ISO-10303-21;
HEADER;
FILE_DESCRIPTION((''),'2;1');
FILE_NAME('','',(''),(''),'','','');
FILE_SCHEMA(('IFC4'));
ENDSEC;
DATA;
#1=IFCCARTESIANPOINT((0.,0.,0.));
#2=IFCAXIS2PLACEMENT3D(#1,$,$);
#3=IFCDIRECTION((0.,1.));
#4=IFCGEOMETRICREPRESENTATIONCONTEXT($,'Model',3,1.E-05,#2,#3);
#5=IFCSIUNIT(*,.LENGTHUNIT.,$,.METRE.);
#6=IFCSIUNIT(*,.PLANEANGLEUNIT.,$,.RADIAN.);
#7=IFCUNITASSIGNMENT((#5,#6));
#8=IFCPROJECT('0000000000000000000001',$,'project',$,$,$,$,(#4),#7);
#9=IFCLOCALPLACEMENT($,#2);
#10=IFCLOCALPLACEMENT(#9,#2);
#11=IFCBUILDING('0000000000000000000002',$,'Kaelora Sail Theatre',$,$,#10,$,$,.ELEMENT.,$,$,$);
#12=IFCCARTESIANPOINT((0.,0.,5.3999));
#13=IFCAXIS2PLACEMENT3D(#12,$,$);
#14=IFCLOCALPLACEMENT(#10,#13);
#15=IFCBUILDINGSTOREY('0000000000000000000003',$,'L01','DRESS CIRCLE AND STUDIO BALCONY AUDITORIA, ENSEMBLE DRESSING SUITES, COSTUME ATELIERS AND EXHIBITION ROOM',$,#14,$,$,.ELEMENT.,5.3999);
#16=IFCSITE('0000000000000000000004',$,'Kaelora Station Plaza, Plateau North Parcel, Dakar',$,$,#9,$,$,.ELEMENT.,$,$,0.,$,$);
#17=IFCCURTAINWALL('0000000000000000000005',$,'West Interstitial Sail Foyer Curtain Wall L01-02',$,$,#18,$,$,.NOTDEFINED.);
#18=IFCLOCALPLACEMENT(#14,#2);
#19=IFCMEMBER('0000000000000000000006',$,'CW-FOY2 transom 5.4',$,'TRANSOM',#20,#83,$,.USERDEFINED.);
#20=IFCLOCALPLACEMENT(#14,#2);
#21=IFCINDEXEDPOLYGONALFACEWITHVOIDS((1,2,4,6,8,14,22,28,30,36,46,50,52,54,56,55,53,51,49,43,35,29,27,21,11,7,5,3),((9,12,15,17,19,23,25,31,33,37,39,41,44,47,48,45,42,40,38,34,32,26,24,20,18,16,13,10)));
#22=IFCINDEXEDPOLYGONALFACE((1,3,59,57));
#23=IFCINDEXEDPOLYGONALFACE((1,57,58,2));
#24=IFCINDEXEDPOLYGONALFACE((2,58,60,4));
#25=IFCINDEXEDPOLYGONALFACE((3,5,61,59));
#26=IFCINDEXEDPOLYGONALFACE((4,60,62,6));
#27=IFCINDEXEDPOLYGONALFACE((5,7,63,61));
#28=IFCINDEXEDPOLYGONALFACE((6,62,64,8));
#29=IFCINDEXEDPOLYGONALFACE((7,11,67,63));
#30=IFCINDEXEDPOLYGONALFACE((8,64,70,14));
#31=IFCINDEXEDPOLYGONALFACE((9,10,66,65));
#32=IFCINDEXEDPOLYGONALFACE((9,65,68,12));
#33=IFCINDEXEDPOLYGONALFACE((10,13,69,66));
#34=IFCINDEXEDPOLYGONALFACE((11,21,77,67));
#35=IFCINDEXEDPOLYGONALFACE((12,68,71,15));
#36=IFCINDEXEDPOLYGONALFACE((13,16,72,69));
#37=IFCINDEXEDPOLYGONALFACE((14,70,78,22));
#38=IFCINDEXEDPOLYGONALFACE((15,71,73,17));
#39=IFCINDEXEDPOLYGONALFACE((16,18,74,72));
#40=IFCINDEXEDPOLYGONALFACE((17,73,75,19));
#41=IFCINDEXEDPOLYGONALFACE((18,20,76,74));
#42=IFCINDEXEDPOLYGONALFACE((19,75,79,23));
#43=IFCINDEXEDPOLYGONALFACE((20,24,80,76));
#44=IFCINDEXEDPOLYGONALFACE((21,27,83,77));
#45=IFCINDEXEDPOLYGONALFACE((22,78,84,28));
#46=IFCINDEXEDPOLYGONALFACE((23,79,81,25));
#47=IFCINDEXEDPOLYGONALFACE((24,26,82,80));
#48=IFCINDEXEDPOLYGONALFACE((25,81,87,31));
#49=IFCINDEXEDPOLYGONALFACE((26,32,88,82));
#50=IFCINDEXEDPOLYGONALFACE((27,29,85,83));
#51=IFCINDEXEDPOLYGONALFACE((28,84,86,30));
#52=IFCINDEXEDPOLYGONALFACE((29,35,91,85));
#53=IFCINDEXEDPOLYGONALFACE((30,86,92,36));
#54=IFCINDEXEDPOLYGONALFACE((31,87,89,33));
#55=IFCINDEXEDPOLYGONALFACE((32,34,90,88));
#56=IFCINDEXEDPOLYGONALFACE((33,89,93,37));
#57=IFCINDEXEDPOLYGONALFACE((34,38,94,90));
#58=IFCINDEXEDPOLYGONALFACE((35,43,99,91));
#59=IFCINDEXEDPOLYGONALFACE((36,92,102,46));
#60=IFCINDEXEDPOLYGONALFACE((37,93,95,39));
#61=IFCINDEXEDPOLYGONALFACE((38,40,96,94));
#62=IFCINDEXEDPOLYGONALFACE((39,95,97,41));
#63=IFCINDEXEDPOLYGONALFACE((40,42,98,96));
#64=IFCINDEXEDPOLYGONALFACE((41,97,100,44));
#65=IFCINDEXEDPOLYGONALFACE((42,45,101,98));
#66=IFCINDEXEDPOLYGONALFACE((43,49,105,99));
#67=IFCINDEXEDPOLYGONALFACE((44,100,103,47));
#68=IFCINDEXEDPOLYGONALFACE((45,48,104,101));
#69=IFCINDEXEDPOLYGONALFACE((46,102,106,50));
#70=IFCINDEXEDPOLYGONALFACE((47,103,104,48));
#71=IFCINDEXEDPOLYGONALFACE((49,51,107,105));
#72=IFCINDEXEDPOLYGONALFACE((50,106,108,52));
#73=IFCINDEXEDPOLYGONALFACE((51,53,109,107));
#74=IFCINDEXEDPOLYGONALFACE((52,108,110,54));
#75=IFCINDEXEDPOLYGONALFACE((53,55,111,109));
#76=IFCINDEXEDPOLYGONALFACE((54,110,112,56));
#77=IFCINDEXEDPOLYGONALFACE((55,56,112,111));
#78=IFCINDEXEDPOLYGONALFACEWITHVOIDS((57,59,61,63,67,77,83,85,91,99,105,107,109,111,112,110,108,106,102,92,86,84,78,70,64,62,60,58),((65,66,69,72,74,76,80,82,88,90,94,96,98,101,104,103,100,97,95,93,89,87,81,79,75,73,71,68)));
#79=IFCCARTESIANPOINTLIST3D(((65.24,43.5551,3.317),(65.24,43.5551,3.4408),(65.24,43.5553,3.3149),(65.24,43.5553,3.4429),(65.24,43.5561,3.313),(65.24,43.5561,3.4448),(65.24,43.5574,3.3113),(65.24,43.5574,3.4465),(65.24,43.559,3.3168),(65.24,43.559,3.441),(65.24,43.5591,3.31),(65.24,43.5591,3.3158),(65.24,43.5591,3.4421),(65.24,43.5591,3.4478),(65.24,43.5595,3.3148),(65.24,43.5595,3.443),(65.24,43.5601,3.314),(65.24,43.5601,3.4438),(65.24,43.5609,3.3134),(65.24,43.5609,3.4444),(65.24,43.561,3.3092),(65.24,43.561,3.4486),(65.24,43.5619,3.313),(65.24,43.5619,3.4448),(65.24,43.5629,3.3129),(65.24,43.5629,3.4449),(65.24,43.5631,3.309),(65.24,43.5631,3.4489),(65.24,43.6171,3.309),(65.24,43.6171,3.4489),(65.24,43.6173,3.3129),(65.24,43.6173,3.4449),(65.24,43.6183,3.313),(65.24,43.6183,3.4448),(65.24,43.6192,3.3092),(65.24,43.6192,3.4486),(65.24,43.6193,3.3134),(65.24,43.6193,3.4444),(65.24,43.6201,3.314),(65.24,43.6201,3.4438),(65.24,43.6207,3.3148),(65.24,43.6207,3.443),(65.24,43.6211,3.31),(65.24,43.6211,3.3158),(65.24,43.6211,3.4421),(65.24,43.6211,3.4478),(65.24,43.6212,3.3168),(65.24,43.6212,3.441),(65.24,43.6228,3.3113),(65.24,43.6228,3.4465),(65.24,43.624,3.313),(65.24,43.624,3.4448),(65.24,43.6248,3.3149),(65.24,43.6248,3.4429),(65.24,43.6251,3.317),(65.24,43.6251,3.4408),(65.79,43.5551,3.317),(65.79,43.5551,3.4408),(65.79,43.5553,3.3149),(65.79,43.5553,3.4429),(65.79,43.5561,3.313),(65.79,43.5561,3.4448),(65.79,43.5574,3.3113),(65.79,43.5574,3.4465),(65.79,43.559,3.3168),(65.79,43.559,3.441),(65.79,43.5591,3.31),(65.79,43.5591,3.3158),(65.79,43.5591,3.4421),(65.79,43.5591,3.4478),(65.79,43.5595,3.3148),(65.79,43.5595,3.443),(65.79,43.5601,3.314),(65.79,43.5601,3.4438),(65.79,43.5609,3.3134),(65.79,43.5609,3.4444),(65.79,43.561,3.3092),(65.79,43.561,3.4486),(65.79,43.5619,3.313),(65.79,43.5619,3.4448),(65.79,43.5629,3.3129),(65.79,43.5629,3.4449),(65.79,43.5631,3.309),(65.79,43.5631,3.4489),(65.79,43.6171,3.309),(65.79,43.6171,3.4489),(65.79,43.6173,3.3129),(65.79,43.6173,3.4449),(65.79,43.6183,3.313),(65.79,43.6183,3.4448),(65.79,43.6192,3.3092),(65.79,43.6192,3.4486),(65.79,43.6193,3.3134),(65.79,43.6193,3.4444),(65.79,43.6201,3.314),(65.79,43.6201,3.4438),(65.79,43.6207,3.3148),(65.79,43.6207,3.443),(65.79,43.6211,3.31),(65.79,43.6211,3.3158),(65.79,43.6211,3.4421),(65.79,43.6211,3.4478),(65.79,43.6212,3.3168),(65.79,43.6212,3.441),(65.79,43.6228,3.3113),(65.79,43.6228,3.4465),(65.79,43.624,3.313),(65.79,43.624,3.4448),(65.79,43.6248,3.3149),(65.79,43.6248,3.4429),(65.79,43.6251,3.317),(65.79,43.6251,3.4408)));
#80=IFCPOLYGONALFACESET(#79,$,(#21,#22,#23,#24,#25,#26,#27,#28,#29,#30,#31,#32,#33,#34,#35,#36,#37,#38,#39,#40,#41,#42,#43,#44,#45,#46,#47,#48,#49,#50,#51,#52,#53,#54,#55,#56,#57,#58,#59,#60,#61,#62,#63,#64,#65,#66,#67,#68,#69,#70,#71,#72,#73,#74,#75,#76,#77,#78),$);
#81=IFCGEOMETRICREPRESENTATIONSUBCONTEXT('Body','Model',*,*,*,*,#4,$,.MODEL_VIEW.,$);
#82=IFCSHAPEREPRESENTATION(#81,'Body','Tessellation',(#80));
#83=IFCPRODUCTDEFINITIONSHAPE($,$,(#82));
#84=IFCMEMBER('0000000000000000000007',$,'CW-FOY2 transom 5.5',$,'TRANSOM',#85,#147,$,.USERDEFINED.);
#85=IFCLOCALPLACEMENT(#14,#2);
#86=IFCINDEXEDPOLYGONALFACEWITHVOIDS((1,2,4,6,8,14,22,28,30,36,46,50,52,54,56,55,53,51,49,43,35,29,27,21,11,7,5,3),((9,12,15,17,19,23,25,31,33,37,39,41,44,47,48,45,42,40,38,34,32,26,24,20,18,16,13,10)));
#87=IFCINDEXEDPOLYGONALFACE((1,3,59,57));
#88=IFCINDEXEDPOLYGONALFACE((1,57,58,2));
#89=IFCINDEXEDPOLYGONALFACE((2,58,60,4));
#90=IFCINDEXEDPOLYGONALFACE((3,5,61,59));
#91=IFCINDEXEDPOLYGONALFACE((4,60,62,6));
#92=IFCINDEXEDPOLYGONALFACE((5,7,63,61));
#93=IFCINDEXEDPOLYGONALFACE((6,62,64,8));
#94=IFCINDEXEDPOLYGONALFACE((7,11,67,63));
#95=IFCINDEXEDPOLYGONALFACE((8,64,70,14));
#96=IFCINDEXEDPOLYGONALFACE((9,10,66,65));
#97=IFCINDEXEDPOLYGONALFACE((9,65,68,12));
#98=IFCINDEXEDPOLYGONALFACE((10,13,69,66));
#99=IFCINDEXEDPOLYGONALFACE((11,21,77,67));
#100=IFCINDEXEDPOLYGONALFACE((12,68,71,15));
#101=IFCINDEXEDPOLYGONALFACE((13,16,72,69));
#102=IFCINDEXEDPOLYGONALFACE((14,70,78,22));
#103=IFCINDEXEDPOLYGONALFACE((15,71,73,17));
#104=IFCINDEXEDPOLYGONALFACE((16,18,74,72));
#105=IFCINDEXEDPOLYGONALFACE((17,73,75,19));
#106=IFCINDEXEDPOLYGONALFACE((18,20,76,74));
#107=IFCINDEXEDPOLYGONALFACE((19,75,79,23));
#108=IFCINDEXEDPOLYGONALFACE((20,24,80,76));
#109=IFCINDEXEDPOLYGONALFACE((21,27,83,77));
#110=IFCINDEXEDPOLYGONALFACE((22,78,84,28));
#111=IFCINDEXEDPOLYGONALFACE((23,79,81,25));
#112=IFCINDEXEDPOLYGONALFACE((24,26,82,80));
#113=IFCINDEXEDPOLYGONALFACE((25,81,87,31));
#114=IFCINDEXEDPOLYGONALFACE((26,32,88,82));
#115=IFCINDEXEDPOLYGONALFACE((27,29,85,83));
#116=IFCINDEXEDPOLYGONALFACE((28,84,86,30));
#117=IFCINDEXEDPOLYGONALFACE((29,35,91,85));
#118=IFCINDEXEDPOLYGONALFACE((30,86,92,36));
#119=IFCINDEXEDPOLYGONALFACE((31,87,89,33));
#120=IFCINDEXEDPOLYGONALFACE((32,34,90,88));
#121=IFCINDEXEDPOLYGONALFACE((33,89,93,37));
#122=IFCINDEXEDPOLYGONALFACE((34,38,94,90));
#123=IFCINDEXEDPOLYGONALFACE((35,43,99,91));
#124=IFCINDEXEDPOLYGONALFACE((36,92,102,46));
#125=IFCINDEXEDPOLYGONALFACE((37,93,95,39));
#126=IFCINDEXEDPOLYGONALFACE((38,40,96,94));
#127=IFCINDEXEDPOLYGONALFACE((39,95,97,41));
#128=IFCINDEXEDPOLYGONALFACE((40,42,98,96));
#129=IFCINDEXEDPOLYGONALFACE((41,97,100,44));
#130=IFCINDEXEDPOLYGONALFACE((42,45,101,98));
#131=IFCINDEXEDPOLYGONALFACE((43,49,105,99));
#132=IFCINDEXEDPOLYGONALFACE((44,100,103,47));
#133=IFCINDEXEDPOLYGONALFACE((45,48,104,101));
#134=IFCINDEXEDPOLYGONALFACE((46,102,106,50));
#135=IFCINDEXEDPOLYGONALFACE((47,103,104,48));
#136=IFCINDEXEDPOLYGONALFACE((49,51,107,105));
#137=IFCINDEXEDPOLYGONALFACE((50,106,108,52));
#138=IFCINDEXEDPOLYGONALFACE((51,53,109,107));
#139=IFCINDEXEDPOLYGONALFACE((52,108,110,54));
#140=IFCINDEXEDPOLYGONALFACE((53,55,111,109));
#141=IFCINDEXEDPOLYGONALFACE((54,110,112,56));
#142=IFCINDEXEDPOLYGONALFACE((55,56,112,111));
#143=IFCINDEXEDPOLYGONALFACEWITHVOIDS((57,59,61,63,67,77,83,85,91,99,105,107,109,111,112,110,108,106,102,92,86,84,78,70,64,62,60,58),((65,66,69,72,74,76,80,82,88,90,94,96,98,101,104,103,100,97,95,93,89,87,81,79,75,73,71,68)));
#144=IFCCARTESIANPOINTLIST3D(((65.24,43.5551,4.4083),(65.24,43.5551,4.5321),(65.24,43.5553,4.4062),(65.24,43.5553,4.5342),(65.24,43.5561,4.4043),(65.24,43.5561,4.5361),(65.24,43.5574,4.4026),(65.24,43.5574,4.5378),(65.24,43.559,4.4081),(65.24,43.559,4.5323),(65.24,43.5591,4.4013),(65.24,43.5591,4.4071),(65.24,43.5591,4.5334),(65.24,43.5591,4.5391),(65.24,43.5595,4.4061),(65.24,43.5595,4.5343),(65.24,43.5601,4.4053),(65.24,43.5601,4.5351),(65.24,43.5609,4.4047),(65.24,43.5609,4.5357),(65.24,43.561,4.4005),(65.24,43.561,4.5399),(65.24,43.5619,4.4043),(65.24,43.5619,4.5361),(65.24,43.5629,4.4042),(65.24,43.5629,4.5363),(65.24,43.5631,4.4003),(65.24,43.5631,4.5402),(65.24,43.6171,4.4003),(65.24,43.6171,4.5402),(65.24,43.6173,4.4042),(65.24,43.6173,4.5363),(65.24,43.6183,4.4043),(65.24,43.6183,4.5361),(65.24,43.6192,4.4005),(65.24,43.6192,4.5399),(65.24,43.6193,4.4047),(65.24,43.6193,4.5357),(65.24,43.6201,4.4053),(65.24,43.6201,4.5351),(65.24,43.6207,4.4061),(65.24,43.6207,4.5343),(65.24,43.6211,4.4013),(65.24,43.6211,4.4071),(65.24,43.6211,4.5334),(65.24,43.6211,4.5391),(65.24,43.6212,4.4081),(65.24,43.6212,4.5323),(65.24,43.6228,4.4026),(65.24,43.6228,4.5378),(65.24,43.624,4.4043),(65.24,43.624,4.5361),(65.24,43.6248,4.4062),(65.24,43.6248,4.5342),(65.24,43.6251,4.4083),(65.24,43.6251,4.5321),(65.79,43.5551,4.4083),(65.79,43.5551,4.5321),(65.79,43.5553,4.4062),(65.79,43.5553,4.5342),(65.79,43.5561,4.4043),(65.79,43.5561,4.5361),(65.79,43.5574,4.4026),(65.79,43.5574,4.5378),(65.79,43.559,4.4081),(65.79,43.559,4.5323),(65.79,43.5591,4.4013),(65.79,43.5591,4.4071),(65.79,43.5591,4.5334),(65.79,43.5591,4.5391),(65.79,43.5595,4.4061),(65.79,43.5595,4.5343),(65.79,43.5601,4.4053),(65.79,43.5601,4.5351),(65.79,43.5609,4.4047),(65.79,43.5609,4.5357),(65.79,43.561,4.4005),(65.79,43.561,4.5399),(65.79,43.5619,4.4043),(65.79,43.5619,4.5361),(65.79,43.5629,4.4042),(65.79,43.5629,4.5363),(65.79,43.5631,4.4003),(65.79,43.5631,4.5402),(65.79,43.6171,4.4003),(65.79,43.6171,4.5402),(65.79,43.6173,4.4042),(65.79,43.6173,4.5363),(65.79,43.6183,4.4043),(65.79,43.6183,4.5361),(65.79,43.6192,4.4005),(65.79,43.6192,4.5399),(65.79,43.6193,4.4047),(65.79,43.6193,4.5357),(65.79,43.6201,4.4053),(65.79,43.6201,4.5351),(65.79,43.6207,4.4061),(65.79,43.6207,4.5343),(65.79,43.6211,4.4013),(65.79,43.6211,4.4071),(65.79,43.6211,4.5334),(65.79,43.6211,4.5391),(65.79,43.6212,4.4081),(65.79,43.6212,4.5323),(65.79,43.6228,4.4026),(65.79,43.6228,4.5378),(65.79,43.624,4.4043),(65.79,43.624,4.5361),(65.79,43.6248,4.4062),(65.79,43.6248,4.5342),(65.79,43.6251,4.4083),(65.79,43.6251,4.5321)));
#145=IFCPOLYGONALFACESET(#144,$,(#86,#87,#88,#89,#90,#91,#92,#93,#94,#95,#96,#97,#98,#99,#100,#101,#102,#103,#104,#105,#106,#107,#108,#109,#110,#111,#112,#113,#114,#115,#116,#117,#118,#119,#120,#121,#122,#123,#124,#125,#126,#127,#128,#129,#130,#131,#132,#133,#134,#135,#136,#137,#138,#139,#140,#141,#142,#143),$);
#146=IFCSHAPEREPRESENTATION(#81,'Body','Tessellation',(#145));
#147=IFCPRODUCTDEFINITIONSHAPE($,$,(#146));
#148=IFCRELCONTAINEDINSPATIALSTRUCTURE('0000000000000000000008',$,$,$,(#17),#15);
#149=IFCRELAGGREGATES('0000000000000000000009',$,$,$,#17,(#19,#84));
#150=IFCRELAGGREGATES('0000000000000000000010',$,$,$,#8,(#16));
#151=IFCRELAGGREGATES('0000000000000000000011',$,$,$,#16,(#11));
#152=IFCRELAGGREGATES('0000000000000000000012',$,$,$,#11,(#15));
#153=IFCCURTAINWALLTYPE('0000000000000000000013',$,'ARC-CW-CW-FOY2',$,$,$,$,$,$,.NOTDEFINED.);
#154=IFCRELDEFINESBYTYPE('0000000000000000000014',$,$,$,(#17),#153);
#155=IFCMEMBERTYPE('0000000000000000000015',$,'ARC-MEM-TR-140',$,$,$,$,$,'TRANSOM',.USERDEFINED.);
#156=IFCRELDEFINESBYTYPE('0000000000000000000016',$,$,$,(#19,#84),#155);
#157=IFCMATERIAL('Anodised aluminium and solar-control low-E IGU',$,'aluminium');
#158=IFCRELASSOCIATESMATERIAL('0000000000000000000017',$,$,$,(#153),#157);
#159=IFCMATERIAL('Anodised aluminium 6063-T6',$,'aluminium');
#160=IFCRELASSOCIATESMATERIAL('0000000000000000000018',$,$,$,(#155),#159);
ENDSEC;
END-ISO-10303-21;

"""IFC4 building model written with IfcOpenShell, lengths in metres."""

from ifc_helpers import new_model, si_unit, direction, frame, origin, origin_2d, place, context, subcontext, project, spatial, hollow_rectangle, extrude, material, material_profile, profile_set, type_object, element, aggregate, save


model = new_model("IFC4")

# Units and contexts
model_context = context("Model", 3, precision=1e-05, world=origin(), true_north=direction((0.0, 1.0)))
body_context = subcontext(model_context, "Body", "Model", "MODEL_VIEW")
ifc_project = project(units=[si_unit("LENGTHUNIT", "METRE"), si_unit("PLANEANGLEUNIT", "RADIAN")], contexts=[model_context])

# Site, building, storey
site_placement = place(None, origin())
site = spatial("IfcSite", under=ifc_project, at=site_placement, Name="Kaelora Station Plaza, Plateau North Parcel, Dakar", CompositionType="ELEMENT", RefElevation=0.0)
building_placement = place(site_placement, origin())
building = spatial("IfcBuilding", under=site, at=building_placement, Name="Kaelora Sail Theatre", CompositionType="ELEMENT")
storey_placement = place(building_placement, frame((0.0, 0.0, 5.3999)))
storey = spatial("IfcBuildingStorey", under=building, at=storey_placement, Name="L01", Description="DRESS CIRCLE AND STUDIO BALCONY AUDITORIA, ENSEMBLE DRESSING SUITES, COSTUME ATELIERS AND EXHIBITION ROOM", CompositionType="ELEMENT", Elevation=5.3999)

# Curtain wall, members
ifc_material_1 = material(Name="Anodised aluminium and solar-control low-E IGU", Category="aluminium")
curtain_wall_type = type_object("IfcCurtainWallType", Name="ARC-CW-CW-FOY2", PredefinedType="NOTDEFINED", material=ifc_material_1)
curtain_wall_1_placement = place(storey_placement, origin())
curtain_wall_1 = element("IfcCurtainWall", 1, at=curtain_wall_1_placement, inside=storey, type_object=curtain_wall_type, Name="West Interstitial Sail Foyer Curtain Wall L01-02", PredefinedType="NOTDEFINED")
ifc_material_2 = material(Name="Anodised aluminium 6063-T6", Category="aluminium")
ifc_material_profile = material_profile(ifc_material_2, hollow_rectangle(XDim=0.0701, YDim=0.1399, WallThickness=0.0039, InnerFilletRadius=0.0039, OuterFilletRadius=0.0081, at=origin_2d()), Name="ALU-TRAN 70x140x4")
ifc_profile_set = profile_set([ifc_material_profile], Name="Anodised aluminium 6063-T6")
member_type = type_object("IfcMemberType", Name="ARC-MEM-TR-140", ElementType="TRANSOM", PredefinedType="USERDEFINED", material=ifc_profile_set)
member_1_placement = place(storey_placement, frame((65.24, 43.5901, 3.3789), z_axis=(1.0, 0.0, 0.0), x_axis=(0.0, 1.0, 0.0)))
member_1 = element("IfcMember", 2, at=member_1_placement, type_object=member_type, Name="CW-FOY2 transom 5.4", ObjectType="TRANSOM", PredefinedType="USERDEFINED", context=body_context, shape_type="SweptSolid", body=[
    extrude(hollow_rectangle(XDim=0.0701, YDim=0.1399, WallThickness=0.0039, InnerFilletRadius=0.0039, OuterFilletRadius=0.0081, at=origin_2d()), origin(), (0.0, 0.0, 1.0), 0.55),
])
member_2_placement = place(storey_placement, frame((65.24, 43.5901, 4.4702), z_axis=(1.0, 0.0, 0.0), x_axis=(0.0, 1.0, 0.0)))
member_2 = element("IfcMember", 3, at=member_2_placement, type_object=member_type, Name="CW-FOY2 transom 5.5", ObjectType="TRANSOM", PredefinedType="USERDEFINED", context=body_context, shape_type="SweptSolid", body=[
    extrude(hollow_rectangle(XDim=0.0701, YDim=0.1399, WallThickness=0.0039, InnerFilletRadius=0.0039, OuterFilletRadius=0.0081, at=origin_2d()), origin(), (0.0, 0.0, 1.0), 0.55),
])

aggregate(curtain_wall_1, [member_1, member_2])

save(model, "model.ifc")
